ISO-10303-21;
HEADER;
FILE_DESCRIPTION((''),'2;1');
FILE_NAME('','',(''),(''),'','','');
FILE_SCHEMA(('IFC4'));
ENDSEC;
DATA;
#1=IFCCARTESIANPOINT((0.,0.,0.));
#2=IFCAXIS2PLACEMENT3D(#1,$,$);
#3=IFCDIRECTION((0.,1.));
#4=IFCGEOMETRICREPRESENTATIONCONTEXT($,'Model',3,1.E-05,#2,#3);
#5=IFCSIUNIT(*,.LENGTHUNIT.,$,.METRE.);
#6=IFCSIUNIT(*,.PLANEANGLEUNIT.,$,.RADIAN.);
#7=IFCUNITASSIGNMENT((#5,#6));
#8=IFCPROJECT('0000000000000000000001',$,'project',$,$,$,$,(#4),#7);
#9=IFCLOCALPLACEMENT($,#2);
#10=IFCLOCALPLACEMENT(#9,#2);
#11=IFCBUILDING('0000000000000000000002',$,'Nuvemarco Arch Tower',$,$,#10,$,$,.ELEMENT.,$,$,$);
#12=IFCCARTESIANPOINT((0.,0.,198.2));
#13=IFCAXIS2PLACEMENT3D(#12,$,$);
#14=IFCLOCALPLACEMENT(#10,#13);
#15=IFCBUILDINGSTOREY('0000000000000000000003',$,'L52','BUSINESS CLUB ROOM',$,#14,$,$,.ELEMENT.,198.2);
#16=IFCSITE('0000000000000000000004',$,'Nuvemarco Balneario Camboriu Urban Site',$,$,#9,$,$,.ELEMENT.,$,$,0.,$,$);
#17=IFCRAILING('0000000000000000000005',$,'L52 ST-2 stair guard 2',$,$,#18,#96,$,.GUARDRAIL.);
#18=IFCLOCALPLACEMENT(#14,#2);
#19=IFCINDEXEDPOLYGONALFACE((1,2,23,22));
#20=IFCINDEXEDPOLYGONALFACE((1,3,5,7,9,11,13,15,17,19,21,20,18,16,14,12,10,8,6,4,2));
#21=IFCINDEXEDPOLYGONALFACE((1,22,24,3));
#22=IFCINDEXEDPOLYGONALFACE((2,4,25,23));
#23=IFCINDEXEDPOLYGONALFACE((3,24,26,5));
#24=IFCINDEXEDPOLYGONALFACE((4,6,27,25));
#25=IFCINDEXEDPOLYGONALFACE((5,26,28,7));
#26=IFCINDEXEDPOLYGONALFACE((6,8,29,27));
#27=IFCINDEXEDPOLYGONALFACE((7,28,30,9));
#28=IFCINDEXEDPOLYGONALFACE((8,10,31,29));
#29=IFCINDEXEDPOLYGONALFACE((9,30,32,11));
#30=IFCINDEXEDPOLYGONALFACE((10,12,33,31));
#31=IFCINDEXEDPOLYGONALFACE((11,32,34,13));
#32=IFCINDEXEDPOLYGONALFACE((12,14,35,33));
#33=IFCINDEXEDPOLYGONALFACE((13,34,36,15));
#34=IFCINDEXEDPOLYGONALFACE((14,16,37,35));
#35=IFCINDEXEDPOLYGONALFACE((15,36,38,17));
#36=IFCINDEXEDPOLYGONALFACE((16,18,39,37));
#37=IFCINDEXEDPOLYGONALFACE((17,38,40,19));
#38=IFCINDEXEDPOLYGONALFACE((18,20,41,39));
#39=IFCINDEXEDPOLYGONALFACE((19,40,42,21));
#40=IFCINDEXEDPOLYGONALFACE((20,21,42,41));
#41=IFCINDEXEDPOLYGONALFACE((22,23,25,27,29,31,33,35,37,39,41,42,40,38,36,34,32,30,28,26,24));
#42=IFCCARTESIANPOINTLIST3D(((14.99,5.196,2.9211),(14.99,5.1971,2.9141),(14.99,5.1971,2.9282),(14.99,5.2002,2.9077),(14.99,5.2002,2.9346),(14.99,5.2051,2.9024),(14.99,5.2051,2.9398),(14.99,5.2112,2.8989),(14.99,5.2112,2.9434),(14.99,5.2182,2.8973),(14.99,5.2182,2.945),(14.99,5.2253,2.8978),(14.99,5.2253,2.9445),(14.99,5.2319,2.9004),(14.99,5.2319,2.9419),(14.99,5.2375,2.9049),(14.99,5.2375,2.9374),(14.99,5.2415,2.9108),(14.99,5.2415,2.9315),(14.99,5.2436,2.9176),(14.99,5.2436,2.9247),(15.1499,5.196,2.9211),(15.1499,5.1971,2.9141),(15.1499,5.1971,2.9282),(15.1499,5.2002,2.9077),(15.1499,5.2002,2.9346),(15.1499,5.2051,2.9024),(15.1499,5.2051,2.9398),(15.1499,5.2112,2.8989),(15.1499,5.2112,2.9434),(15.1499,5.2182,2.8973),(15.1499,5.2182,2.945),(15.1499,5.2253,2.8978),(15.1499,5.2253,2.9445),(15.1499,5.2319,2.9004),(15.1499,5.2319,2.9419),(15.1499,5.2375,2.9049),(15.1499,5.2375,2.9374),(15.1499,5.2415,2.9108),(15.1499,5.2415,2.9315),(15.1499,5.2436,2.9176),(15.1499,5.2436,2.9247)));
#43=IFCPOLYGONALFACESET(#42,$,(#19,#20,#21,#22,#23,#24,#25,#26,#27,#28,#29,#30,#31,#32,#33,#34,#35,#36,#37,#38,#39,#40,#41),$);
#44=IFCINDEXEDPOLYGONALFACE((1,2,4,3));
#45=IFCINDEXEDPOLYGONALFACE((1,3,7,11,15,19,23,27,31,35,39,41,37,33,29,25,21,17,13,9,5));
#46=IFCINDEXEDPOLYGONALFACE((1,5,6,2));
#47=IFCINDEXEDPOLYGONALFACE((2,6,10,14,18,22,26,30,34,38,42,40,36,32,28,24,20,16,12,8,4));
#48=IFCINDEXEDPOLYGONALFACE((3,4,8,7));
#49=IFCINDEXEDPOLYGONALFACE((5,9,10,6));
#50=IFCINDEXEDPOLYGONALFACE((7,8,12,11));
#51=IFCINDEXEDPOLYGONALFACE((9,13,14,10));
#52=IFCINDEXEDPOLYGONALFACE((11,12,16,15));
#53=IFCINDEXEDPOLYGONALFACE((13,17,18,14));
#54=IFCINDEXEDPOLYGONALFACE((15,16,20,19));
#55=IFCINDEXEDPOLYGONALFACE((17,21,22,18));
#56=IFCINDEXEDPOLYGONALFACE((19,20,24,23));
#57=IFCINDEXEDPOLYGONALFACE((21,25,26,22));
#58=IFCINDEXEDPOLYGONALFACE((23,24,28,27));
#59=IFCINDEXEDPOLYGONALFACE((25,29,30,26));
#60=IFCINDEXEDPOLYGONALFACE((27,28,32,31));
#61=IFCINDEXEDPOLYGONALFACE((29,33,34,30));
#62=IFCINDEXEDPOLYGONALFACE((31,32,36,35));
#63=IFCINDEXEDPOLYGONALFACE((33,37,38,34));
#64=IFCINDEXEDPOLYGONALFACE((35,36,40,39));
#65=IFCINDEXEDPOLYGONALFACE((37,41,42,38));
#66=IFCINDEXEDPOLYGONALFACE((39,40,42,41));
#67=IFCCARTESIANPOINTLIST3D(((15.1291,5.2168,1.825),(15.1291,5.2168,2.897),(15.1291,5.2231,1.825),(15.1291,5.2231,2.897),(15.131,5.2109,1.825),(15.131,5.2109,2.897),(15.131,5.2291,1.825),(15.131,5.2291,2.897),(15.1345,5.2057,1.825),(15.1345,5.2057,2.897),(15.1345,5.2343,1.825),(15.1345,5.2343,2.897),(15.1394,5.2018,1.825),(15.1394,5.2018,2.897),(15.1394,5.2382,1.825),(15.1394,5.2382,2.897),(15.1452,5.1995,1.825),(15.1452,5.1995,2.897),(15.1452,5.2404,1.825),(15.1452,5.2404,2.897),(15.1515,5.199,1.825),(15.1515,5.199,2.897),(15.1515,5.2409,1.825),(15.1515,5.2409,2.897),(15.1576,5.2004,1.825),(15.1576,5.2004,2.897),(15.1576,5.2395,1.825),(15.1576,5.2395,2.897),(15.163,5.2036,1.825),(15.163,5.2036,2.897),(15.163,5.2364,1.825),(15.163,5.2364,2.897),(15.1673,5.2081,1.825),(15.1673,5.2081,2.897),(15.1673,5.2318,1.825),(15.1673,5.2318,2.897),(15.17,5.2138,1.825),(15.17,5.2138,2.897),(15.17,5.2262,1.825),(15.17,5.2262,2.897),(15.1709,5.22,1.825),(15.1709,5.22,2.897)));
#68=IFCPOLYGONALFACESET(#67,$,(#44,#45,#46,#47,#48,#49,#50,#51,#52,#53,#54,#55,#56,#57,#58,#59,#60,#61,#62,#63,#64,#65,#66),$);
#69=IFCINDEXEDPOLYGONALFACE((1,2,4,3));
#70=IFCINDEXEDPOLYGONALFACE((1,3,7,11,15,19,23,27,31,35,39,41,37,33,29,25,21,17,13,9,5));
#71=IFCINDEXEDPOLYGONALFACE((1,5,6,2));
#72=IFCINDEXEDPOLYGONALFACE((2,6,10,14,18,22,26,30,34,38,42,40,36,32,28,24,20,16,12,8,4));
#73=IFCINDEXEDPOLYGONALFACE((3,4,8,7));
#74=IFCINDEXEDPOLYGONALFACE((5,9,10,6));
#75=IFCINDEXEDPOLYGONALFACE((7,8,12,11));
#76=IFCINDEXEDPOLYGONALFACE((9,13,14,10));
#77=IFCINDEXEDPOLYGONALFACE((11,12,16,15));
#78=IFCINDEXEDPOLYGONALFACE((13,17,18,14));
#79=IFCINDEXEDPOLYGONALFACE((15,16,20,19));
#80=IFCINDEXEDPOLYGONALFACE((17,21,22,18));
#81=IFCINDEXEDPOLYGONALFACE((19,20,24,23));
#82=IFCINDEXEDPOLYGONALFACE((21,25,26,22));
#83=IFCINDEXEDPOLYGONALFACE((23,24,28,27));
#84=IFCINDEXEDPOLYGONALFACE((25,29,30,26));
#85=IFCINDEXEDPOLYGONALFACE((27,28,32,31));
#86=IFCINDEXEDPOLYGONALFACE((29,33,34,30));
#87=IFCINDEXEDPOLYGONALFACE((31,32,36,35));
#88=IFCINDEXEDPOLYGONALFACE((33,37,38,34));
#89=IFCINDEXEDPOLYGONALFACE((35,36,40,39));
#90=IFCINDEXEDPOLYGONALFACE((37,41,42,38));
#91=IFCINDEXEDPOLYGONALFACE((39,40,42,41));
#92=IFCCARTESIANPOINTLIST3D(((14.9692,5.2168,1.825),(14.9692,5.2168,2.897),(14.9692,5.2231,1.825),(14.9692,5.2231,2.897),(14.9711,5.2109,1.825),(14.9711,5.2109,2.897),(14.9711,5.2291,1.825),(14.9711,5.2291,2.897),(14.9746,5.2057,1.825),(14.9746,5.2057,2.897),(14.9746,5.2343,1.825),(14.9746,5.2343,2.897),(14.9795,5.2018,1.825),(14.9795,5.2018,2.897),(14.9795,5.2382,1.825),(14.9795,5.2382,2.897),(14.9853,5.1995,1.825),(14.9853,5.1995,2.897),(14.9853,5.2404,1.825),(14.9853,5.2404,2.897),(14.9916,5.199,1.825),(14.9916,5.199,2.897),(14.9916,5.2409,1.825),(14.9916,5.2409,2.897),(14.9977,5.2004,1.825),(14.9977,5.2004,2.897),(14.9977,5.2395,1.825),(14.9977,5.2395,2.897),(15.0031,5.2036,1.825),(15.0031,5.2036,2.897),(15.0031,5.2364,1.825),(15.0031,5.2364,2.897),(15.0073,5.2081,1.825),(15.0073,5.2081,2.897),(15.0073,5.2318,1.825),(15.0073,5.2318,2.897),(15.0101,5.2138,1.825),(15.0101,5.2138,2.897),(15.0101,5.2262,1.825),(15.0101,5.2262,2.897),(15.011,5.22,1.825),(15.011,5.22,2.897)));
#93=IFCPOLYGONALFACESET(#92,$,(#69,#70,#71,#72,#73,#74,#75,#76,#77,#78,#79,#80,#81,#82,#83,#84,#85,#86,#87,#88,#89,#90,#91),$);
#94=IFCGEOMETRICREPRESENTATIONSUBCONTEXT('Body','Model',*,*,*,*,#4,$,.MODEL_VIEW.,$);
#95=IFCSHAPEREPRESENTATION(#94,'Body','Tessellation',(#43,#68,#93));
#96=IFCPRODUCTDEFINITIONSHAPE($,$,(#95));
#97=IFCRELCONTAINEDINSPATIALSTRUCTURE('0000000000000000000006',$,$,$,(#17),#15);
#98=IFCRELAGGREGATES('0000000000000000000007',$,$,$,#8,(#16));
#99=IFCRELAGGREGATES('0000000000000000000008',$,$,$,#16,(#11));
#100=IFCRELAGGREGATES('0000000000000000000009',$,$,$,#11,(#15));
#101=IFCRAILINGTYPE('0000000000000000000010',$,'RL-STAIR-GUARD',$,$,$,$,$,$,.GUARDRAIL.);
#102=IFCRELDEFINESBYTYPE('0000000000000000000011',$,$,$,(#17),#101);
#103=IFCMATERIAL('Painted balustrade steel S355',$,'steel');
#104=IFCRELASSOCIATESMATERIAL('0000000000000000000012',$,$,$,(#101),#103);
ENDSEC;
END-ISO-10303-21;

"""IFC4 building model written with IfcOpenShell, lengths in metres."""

from ifc_helpers import new_model, si_unit, direction, frame, origin, origin_2d, place, context, subcontext, project, spatial, circle, extrude, material, type_object, element, save


model = new_model("IFC4")

# Units and contexts
model_context = context("Model", 3, precision=1e-05, world=origin(), true_north=direction((0.0, 1.0)))
body_context = subcontext(model_context, "Body", "Model", "MODEL_VIEW")
ifc_project = project(units=[si_unit("LENGTHUNIT", "METRE"), si_unit("PLANEANGLEUNIT", "RADIAN")], contexts=[model_context])

# Site, building, storey
site_placement = place(None, origin())
site = spatial("IfcSite", under=ifc_project, at=site_placement, Name="Nuvemarco Balneario Camboriu Urban Site", CompositionType="ELEMENT", RefElevation=0.0)
building_placement = place(site_placement, origin())
building = spatial("IfcBuilding", under=site, at=building_placement, Name="Nuvemarco Arch Tower", CompositionType="ELEMENT")
storey_placement = place(building_placement, frame((0.0, 0.0, 198.2)))
storey = spatial("IfcBuildingStorey", under=building, at=storey_placement, Name="L52", Description="BUSINESS CLUB ROOM", CompositionType="ELEMENT", Elevation=198.2)

# Railing
ifc_material_1 = material(Name="Painted balustrade steel S355", Category="steel")
railing_type_1 = type_object("IfcRailingType", Name="RL-STAIR-GUARD", PredefinedType="GUARDRAIL", material=ifc_material_1)
railing_1_placement = place(storey_placement, frame((15.1499, 5.22, 1.825)))
element("IfcRailing", 1, at=railing_1_placement, inside=storey, type_object=railing_type_1, Name="L52 ST-2 stair guard 2", PredefinedType="GUARDRAIL", context=body_context, shape_type="SweptSolid", body=[
    extrude(circle(Radius=0.0239, at=origin_2d()), frame((0.0, 0.0, 1.0962), z_axis=(-1.0, 0.0, 0.0), x_axis=(0.0, -1.0, 0.0)), (0.0, 0.0, 1.0), 0.1599),
    extrude(circle(Radius=0.021, at=origin_2d()), origin(), (0.0, 0.0, 1.0), 1.072),
    extrude(circle(Radius=0.021, at=origin_2d()), frame((-0.1599, 0.0, 0.0)), (0.0, 0.0, 1.0), 1.072),
])

save(model, "model.ifc")
